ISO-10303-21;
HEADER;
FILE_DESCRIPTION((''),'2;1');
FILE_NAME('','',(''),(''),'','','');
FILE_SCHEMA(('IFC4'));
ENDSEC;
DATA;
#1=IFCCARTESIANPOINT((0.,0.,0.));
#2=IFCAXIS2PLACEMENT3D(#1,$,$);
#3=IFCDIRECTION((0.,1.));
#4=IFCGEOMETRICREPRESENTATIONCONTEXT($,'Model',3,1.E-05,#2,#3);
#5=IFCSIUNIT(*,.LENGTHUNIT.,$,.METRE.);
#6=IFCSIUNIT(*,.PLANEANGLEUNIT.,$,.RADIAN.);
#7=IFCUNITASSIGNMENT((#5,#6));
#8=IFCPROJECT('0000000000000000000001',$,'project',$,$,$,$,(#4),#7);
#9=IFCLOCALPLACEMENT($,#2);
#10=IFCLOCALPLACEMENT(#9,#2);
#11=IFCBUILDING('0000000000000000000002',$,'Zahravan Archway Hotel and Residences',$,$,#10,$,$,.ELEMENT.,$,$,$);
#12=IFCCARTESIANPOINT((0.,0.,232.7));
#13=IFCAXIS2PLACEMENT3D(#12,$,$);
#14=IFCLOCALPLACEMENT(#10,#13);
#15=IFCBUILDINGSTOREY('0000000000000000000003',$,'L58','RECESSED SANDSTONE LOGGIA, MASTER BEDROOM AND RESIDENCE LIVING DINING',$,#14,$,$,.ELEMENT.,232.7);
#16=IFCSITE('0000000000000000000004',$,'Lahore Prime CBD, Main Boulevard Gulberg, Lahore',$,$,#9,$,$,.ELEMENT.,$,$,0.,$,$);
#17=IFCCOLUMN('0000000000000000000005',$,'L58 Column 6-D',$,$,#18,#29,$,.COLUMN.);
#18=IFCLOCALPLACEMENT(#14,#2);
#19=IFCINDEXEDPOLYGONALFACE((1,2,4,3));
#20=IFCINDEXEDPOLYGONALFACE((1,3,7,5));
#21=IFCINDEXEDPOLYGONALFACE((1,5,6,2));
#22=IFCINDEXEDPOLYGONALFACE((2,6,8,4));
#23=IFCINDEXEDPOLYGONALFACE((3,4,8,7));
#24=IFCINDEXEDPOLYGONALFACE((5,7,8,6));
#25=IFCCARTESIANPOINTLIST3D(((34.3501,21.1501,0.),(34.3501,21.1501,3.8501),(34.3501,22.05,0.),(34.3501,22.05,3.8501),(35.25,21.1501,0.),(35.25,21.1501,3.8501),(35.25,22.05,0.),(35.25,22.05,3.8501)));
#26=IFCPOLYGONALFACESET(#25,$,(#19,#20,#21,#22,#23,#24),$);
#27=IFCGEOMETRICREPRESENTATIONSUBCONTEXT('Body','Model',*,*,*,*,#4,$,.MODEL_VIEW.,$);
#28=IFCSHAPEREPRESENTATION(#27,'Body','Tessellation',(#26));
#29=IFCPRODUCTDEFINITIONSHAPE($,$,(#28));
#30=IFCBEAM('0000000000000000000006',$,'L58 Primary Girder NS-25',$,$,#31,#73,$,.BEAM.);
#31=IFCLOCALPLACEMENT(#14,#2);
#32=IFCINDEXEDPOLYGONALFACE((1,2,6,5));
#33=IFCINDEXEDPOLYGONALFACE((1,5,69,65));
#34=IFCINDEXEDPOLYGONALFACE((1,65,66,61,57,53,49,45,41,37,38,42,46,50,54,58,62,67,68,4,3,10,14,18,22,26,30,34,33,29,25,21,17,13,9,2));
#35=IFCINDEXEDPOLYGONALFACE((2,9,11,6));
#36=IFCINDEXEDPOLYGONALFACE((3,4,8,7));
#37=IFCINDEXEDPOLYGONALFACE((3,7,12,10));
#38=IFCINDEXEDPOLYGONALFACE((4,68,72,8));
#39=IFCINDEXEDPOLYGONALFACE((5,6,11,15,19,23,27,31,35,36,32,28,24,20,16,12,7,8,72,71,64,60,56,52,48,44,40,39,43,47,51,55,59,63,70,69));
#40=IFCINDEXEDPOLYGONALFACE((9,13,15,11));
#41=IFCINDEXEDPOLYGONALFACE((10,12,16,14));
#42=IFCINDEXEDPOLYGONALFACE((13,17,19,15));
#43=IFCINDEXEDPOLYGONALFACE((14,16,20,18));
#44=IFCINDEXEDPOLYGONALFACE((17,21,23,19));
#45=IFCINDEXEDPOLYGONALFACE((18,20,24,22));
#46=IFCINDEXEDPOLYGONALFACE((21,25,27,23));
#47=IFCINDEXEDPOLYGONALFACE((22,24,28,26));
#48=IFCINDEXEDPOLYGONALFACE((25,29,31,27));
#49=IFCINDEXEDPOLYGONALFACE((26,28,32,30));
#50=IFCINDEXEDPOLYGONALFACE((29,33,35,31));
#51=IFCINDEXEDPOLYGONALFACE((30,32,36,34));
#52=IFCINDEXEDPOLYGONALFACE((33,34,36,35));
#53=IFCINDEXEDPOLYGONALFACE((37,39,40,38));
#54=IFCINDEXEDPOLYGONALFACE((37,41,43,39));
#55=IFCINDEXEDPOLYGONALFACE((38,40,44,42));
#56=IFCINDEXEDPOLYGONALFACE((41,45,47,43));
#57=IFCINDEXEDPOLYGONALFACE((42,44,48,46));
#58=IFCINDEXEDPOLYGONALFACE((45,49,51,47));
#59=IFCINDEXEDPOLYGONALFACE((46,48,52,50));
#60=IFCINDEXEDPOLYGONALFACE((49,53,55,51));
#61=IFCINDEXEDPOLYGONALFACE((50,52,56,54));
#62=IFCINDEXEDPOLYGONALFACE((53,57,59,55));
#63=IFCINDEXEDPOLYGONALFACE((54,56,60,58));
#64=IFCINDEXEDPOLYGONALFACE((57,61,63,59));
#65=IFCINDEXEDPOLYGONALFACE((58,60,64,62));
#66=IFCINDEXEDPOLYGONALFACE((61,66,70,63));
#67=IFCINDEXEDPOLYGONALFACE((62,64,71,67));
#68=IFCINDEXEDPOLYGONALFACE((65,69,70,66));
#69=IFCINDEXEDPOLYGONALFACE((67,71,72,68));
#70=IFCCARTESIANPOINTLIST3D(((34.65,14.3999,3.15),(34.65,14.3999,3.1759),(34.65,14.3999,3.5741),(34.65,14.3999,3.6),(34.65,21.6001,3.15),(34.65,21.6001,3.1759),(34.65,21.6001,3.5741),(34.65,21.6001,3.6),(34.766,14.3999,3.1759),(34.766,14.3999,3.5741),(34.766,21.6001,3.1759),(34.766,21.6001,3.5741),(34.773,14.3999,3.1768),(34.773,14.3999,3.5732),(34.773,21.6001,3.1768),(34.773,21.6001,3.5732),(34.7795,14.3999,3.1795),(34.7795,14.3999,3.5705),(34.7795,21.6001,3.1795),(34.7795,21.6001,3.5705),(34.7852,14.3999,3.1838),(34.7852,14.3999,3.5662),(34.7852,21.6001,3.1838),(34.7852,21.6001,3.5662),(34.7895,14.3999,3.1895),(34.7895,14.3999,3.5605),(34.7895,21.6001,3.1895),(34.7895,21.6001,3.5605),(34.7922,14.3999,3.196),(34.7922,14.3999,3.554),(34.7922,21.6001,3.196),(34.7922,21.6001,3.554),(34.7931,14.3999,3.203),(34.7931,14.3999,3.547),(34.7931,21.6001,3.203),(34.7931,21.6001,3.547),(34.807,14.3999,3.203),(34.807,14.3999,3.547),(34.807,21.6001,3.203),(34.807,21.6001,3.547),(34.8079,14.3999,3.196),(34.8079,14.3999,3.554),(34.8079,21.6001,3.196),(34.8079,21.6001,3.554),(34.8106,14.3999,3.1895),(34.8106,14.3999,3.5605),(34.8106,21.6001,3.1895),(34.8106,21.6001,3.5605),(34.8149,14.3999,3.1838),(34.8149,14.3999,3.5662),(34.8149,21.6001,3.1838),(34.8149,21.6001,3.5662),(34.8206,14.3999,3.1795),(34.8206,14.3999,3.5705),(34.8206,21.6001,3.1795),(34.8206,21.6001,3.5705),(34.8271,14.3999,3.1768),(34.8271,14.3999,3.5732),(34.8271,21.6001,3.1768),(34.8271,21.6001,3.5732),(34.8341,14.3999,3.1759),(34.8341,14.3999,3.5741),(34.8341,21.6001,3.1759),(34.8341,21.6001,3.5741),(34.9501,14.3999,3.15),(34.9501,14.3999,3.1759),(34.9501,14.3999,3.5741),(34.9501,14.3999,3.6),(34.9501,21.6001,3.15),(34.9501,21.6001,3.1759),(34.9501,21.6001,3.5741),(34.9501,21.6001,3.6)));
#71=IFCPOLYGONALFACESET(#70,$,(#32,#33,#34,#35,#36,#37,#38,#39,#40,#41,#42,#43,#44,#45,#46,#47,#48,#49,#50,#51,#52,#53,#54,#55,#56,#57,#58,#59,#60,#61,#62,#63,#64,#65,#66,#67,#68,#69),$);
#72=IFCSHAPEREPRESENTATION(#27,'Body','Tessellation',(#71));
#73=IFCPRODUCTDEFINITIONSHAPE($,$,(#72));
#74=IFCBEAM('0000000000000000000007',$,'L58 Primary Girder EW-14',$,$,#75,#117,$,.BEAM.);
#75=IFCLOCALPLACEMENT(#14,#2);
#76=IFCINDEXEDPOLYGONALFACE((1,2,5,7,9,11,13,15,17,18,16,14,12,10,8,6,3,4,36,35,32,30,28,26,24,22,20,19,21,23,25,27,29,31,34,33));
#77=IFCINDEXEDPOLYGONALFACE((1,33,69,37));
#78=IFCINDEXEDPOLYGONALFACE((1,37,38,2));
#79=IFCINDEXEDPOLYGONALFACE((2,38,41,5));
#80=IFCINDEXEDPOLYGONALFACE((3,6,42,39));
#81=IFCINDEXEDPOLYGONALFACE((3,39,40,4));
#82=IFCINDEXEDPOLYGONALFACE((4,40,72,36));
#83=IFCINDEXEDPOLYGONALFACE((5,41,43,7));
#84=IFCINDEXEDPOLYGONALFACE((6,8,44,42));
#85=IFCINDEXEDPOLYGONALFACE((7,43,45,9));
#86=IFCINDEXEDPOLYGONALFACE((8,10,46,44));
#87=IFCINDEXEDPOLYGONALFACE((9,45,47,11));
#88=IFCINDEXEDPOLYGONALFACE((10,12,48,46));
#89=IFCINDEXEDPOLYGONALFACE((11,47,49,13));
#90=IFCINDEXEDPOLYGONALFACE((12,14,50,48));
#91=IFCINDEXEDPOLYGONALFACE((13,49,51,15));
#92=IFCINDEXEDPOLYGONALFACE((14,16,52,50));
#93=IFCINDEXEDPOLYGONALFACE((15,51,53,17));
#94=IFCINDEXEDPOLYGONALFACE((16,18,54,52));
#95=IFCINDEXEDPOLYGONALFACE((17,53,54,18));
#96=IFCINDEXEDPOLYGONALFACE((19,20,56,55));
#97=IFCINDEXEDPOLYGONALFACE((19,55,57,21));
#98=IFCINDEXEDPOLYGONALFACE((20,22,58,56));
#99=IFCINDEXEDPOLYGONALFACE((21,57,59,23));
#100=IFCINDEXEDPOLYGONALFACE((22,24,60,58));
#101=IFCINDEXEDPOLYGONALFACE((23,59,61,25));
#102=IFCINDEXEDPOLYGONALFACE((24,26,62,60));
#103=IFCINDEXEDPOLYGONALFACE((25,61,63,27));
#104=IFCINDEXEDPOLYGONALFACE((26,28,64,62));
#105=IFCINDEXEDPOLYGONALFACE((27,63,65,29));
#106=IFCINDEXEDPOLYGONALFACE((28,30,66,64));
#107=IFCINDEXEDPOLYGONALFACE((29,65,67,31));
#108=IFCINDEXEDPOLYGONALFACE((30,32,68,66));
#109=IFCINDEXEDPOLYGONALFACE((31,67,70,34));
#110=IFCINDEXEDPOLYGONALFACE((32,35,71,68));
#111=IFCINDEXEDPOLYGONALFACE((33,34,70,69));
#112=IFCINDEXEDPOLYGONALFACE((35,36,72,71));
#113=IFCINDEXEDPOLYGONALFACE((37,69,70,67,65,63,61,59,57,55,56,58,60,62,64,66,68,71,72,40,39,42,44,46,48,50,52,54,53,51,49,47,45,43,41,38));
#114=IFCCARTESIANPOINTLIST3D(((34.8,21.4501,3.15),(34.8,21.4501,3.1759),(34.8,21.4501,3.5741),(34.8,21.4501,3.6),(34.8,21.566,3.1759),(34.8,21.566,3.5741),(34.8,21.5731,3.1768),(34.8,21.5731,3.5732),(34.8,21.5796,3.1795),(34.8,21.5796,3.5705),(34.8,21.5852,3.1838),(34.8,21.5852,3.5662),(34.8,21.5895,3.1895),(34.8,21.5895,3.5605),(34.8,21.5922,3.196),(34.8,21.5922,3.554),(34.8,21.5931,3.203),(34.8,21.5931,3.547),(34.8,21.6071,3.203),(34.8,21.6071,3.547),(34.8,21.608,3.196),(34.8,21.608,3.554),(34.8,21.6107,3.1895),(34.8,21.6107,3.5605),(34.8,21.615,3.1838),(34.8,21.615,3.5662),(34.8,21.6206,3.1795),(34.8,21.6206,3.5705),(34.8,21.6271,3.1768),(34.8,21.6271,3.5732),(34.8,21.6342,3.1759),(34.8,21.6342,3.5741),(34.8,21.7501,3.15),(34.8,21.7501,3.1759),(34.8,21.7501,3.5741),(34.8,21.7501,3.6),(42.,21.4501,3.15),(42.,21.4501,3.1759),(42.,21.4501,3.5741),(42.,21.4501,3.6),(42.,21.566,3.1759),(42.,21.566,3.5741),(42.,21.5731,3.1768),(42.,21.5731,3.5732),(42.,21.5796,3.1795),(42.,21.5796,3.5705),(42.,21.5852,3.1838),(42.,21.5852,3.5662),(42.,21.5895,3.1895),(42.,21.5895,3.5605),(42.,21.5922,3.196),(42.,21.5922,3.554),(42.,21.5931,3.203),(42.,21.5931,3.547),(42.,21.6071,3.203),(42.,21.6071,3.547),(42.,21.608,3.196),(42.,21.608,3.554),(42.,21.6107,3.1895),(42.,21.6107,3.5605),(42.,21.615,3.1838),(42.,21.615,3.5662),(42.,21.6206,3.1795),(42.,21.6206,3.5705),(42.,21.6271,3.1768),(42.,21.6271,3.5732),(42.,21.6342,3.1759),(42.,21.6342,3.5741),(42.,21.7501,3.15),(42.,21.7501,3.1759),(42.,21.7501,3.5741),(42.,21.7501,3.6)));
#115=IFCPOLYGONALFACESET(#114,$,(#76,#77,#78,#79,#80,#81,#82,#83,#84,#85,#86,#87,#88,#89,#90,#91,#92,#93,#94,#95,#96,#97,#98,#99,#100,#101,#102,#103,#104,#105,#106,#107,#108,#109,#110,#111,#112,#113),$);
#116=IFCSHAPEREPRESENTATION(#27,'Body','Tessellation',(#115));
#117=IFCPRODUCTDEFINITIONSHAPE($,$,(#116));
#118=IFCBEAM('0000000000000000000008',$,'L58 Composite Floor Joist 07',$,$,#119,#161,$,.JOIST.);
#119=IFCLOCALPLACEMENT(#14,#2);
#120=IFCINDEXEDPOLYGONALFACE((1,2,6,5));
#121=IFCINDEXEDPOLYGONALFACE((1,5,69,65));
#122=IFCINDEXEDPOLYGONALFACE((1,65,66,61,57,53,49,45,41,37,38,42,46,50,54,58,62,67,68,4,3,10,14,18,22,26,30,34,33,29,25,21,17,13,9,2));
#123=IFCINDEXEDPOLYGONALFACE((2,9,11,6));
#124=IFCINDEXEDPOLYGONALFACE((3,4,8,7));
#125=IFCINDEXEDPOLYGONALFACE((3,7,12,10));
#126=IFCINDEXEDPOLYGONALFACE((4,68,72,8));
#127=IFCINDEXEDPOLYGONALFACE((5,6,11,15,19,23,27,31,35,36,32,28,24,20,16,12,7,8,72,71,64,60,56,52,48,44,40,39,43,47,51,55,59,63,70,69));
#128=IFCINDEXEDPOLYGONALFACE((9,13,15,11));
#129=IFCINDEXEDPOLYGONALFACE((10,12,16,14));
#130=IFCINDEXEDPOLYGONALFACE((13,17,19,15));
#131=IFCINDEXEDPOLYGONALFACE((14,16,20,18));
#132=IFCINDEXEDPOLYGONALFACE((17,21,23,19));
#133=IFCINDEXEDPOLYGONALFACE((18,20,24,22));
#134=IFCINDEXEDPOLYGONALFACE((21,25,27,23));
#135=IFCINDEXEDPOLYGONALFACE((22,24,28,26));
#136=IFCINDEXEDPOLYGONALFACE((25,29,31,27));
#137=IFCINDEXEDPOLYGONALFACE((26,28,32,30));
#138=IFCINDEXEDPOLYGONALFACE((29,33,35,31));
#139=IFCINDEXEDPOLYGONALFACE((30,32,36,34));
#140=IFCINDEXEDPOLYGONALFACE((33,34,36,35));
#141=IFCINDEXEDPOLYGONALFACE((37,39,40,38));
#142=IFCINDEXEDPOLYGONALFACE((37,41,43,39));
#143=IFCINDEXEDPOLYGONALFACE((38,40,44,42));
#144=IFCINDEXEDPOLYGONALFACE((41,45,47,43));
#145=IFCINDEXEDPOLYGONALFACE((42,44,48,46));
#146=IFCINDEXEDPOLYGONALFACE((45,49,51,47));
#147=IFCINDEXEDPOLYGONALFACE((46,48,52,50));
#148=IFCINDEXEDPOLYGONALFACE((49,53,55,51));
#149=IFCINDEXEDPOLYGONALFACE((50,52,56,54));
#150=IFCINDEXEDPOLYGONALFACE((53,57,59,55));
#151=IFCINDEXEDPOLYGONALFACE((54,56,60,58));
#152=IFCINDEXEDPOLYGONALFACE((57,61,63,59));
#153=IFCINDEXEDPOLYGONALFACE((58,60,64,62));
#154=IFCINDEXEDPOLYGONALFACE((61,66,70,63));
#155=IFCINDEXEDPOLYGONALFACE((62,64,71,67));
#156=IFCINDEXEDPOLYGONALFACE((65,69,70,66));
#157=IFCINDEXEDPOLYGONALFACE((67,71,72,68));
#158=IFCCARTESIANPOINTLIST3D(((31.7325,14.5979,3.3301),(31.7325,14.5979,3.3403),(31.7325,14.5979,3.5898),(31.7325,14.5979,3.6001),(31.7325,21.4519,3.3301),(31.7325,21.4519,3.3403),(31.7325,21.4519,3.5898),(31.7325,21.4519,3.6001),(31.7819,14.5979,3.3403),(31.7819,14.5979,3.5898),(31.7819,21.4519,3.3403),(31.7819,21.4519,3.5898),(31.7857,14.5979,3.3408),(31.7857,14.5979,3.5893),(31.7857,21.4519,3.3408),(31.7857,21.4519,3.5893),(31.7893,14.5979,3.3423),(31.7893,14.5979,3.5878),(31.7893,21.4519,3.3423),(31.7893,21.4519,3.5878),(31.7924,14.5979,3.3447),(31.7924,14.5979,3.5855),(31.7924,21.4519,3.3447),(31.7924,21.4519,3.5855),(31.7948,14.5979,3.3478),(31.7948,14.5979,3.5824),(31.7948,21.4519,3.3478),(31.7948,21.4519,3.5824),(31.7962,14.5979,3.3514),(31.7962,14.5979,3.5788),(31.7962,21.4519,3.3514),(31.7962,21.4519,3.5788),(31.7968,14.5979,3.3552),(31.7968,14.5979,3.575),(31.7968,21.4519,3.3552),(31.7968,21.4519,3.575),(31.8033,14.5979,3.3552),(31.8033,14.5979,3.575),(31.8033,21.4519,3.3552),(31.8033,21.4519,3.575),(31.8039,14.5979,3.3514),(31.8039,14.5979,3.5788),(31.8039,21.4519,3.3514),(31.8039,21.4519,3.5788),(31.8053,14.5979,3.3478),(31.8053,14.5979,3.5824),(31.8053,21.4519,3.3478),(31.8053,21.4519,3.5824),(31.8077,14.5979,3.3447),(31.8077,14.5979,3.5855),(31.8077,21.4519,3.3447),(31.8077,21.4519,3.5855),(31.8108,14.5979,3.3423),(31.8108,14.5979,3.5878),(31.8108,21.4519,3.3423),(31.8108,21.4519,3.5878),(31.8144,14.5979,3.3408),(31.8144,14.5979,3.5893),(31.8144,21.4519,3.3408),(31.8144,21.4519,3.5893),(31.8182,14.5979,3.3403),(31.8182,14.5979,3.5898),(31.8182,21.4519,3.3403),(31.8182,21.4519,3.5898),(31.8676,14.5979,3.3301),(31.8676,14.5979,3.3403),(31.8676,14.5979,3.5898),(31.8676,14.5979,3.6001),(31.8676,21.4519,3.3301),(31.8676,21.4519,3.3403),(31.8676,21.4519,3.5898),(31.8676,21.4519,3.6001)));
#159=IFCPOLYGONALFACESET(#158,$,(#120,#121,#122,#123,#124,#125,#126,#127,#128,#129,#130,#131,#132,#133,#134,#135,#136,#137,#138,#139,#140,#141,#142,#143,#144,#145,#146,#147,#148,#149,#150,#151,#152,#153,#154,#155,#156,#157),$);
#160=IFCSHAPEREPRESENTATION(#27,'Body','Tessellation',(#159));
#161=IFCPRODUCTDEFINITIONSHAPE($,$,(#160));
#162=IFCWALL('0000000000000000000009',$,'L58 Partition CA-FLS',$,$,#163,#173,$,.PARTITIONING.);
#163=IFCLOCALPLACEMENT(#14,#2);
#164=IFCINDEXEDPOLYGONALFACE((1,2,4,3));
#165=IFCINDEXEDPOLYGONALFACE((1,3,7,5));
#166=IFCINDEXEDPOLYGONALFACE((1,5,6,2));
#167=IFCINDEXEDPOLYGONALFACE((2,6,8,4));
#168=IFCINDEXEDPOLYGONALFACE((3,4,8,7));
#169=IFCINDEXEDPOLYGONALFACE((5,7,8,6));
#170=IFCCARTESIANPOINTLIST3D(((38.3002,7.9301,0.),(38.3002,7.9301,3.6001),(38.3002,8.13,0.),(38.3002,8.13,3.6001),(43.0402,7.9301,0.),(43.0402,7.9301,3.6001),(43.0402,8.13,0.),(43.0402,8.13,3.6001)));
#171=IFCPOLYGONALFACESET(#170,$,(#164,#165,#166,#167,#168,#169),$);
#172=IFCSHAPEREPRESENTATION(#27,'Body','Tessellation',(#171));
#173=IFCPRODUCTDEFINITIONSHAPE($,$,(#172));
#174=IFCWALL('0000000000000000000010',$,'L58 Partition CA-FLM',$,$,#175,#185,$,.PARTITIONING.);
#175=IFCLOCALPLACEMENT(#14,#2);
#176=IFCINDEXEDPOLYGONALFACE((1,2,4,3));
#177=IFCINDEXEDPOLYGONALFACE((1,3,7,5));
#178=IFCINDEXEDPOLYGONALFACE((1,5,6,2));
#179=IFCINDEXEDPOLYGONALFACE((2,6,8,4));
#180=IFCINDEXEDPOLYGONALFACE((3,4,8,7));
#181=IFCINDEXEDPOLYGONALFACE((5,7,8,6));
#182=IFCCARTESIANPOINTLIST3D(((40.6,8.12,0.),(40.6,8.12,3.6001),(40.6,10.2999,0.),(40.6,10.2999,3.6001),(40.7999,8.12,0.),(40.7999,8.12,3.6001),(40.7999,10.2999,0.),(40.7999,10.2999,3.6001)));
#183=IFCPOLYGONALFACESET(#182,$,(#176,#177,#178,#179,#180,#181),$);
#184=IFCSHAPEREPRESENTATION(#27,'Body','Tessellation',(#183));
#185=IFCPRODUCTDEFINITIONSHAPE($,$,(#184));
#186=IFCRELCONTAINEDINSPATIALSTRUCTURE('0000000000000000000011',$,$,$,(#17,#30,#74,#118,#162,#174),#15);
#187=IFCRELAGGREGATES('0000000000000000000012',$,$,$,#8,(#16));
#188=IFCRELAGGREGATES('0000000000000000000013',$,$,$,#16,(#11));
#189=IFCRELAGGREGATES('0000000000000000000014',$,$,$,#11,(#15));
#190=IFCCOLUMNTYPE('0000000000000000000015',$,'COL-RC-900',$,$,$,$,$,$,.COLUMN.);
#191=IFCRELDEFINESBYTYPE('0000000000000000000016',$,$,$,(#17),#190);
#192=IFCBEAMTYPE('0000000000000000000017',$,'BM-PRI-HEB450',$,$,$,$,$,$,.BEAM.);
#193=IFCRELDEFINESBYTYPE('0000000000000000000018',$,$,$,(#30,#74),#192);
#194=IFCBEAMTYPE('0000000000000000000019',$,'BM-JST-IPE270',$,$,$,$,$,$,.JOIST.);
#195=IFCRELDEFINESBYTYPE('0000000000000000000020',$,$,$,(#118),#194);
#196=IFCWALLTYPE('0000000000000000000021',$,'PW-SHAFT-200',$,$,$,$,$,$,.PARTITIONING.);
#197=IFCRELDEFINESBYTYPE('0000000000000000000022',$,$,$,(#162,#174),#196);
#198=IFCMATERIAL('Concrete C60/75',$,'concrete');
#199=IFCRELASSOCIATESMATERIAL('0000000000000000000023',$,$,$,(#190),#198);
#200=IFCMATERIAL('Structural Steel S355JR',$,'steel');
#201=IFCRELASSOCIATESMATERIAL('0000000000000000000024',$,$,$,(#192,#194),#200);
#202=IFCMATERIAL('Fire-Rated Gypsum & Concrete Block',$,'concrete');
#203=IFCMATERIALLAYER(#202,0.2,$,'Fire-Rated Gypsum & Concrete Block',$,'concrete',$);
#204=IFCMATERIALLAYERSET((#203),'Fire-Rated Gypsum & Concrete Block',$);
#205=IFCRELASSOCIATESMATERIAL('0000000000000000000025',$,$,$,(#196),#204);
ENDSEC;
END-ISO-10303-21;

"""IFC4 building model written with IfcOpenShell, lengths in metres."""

from ifc_helpers import new_model, si_unit, direction, frame, frame_2d, origin, origin_2d, place, context, subcontext, project, spatial, rectangle, i_section, extrude, source, transform, mapped, material, layer, layer_set, material_profile, profile_set, type_object, type_shapes, element, save


model = new_model("IFC4")

# Units and contexts
model_context = context("Model", 3, precision=1e-05, world=origin(), true_north=direction((0.0, 1.0)))
body_context = subcontext(model_context, "Body", "Model", "MODEL_VIEW")
ifc_project = project(units=[si_unit("LENGTHUNIT", "METRE"), si_unit("PLANEANGLEUNIT", "RADIAN")], contexts=[model_context])

# Site, building, storey
site_placement = place(None, origin())
site = spatial("IfcSite", under=ifc_project, at=site_placement, Name="Lahore Prime CBD, Main Boulevard Gulberg, Lahore", CompositionType="ELEMENT", RefElevation=0.0)
building_placement = place(site_placement, origin())
building = spatial("IfcBuilding", under=site, at=building_placement, Name="Zahravan Archway Hotel and Residences", CompositionType="ELEMENT")
storey_placement = place(building_placement, frame((0.0, 0.0, 232.7)))
storey = spatial("IfcBuildingStorey", under=building, at=storey_placement, Name="L58", Description="RECESSED SANDSTONE LOGGIA, MASTER BEDROOM AND RESIDENCE LIVING DINING", CompositionType="ELEMENT", Elevation=232.7)

# Column
ifc_material_1 = material(Name="Concrete C60/75", Category="concrete")
ifc_material_profile_1 = material_profile(ifc_material_1, rectangle(XDim=0.8999, YDim=0.8999, at=origin_2d()), Name="RC-COL-900x900", Category="concrete")
ifc_profile_set_1 = profile_set([ifc_material_profile_1], Name="Concrete C60/75")
column_type = type_object("IfcColumnType", Name="COL-RC-900", PredefinedType="COLUMN", material=ifc_profile_set_1)
shared_shape_1 = source(origin(), body_context, "Body", "SweptSolid", [
    extrude(rectangle(XDim=0.8999, YDim=0.8999, at=origin_2d()), origin(), (0.0, 0.0, 1.0), 3.8501),
])
type_shapes(column_type, [shared_shape_1])
column_placement = place(storey_placement, frame((34.8, 21.6001, 0.0), z_axis=(0.0, 0.0, 1.0), x_axis=(1.0, 0.0, 0.0)))
element("IfcColumn", 1, at=column_placement, inside=storey, type_object=column_type, Name="L58 Column 6-D", PredefinedType="COLUMN", context=body_context, shape_type="MappedRepresentation", body=[
    mapped(shared_shape_1, transform((0.0, 0.0, 0.0), scale=1.0)),
])

# Beams
ifc_material_2 = material(Name="Structural Steel S355JR", Category="steel")
ifc_material_profile_2 = material_profile(ifc_material_2, i_section(OverallWidth=0.3, OverallDepth=0.45, WebThickness=0.0139, FlangeThickness=0.0259, FilletRadius=0.0271, at=origin_2d()), Name="HEB 450", Category="steel")
ifc_profile_set_2 = profile_set([ifc_material_profile_2], Name="Structural Steel S355JR")
beam_type_1 = type_object("IfcBeamType", Name="BM-PRI-HEB450", PredefinedType="BEAM", material=ifc_profile_set_2)
shared_shape_2 = source(origin(), body_context, "Body", "SweptSolid", [
    extrude(i_section(OverallWidth=0.3, OverallDepth=0.45, WebThickness=0.0139, FlangeThickness=0.0259, FilletRadius=0.0271, at=origin_2d()), origin(), (0.0, 0.0, 1.0), 7.2002),
])
type_shapes(beam_type_1, [shared_shape_2])
beam_1_placement = place(storey_placement, frame((34.8, 14.3999, 3.375), z_axis=(0.0, 1.0, 0.0), x_axis=(-1.0, 0.0, 0.0)))
element("IfcBeam", 2, at=beam_1_placement, inside=storey, type_object=beam_type_1, Name="L58 Primary Girder NS-25", PredefinedType="BEAM", context=body_context, shape_type="MappedRepresentation", body=[
    mapped(shared_shape_2, transform((0.0, 0.0, 0.0), scale=1.0)),
])
shared_shape_3 = source(origin(), body_context, "Body", "SweptSolid", [
    extrude(i_section(OverallWidth=0.3, OverallDepth=0.45, WebThickness=0.0139, FlangeThickness=0.0259, FilletRadius=0.0271, at=origin_2d()), origin(), (0.0, 0.0, 1.0), 7.2),
])
beam_2_placement = place(storey_placement, frame((34.8, 21.6001, 3.375), z_axis=(1.0, 0.0, 0.0), x_axis=(0.0, 1.0, 0.0)))
element("IfcBeam", 3, at=beam_2_placement, inside=storey, type_object=beam_type_1, Name="L58 Primary Girder EW-14", PredefinedType="BEAM", context=body_context, shape_type="MappedRepresentation", body=[
    mapped(shared_shape_3, transform((0.0, 0.0, 0.0), scale=1.0)),
])
ifc_material_profile_3 = material_profile(ifc_material_2, i_section(OverallWidth=0.135, OverallDepth=0.27, WebThickness=0.0066, FlangeThickness=0.0103, FilletRadius=0.0149, at=origin_2d()), Name="IPE 270", Category="steel")
ifc_profile_set_3 = profile_set([ifc_material_profile_3], Name="Structural Steel S355JR")
beam_type_2 = type_object("IfcBeamType", Name="BM-JST-IPE270", PredefinedType="JOIST", material=ifc_profile_set_3)
shared_shape_4 = source(origin(), body_context, "Body", "SweptSolid", [
    extrude(i_section(OverallWidth=0.135, OverallDepth=0.27, WebThickness=0.0066, FlangeThickness=0.0103, FilletRadius=0.0149, at=origin_2d()), origin(), (0.0, 0.0, 1.0), 6.854),
])
beam_3_placement = place(storey_placement, frame((31.8, 14.5979, 3.4651), z_axis=(0.0, 1.0, 0.0), x_axis=(-1.0, 0.0, 0.0)))
element("IfcBeam", 4, at=beam_3_placement, inside=storey, type_object=beam_type_2, Name="L58 Composite Floor Joist 07", PredefinedType="JOIST", context=body_context, shape_type="MappedRepresentation", body=[
    mapped(shared_shape_4, transform((0.0, 0.0, 0.0), scale=1.0)),
])

# Shared definitions
ifc_material_3 = material(Name="Fire-Rated Gypsum & Concrete Block", Category="concrete")

# Walls
ifc_layer_1 = layer(ifc_material_3, 0.2, Name="Fire-Rated Gypsum & Concrete Block", Category="concrete")
ifc_layer_set_1 = layer_set([ifc_layer_1], Name="Fire-Rated Gypsum & Concrete Block")
wall_type_1 = type_object("IfcWallType", Name="PW-SHAFT-200", PredefinedType="PARTITIONING", material=ifc_layer_set_1)
wall_1_placement = place(storey_placement, frame((38.3, 8.03, 0.0), z_axis=(0.0, 0.0, 1.0), x_axis=(1.0, 0.0, 0.0)))
element("IfcWall", 5, at=wall_1_placement, inside=storey, type_object=wall_type_1, Name="L58 Partition CA-FLS", PredefinedType="PARTITIONING", context=body_context, shape_type="SweptSolid", body=[
    extrude(rectangle(XDim=4.74, YDim=0.2, at=frame_2d((2.3701, 0.0))), origin(), (0.0, 0.0, 1.0), 3.6001),
])
wall_2_placement = place(storey_placement, frame((40.7, 8.1201, 0.0), z_axis=(0.0, 0.0, 1.0), x_axis=(0.0, 1.0, 0.0)))
element("IfcWall", 6, at=wall_2_placement, inside=storey, type_object=wall_type_1, Name="L58 Partition CA-FLM", PredefinedType="PARTITIONING", context=body_context, shape_type="SweptSolid", body=[
    extrude(rectangle(XDim=2.1799, YDim=0.2, at=frame_2d((1.0898, 0.0))), origin(), (0.0, 0.0, 1.0), 3.6001),
])

save(model, "model.ifc")
